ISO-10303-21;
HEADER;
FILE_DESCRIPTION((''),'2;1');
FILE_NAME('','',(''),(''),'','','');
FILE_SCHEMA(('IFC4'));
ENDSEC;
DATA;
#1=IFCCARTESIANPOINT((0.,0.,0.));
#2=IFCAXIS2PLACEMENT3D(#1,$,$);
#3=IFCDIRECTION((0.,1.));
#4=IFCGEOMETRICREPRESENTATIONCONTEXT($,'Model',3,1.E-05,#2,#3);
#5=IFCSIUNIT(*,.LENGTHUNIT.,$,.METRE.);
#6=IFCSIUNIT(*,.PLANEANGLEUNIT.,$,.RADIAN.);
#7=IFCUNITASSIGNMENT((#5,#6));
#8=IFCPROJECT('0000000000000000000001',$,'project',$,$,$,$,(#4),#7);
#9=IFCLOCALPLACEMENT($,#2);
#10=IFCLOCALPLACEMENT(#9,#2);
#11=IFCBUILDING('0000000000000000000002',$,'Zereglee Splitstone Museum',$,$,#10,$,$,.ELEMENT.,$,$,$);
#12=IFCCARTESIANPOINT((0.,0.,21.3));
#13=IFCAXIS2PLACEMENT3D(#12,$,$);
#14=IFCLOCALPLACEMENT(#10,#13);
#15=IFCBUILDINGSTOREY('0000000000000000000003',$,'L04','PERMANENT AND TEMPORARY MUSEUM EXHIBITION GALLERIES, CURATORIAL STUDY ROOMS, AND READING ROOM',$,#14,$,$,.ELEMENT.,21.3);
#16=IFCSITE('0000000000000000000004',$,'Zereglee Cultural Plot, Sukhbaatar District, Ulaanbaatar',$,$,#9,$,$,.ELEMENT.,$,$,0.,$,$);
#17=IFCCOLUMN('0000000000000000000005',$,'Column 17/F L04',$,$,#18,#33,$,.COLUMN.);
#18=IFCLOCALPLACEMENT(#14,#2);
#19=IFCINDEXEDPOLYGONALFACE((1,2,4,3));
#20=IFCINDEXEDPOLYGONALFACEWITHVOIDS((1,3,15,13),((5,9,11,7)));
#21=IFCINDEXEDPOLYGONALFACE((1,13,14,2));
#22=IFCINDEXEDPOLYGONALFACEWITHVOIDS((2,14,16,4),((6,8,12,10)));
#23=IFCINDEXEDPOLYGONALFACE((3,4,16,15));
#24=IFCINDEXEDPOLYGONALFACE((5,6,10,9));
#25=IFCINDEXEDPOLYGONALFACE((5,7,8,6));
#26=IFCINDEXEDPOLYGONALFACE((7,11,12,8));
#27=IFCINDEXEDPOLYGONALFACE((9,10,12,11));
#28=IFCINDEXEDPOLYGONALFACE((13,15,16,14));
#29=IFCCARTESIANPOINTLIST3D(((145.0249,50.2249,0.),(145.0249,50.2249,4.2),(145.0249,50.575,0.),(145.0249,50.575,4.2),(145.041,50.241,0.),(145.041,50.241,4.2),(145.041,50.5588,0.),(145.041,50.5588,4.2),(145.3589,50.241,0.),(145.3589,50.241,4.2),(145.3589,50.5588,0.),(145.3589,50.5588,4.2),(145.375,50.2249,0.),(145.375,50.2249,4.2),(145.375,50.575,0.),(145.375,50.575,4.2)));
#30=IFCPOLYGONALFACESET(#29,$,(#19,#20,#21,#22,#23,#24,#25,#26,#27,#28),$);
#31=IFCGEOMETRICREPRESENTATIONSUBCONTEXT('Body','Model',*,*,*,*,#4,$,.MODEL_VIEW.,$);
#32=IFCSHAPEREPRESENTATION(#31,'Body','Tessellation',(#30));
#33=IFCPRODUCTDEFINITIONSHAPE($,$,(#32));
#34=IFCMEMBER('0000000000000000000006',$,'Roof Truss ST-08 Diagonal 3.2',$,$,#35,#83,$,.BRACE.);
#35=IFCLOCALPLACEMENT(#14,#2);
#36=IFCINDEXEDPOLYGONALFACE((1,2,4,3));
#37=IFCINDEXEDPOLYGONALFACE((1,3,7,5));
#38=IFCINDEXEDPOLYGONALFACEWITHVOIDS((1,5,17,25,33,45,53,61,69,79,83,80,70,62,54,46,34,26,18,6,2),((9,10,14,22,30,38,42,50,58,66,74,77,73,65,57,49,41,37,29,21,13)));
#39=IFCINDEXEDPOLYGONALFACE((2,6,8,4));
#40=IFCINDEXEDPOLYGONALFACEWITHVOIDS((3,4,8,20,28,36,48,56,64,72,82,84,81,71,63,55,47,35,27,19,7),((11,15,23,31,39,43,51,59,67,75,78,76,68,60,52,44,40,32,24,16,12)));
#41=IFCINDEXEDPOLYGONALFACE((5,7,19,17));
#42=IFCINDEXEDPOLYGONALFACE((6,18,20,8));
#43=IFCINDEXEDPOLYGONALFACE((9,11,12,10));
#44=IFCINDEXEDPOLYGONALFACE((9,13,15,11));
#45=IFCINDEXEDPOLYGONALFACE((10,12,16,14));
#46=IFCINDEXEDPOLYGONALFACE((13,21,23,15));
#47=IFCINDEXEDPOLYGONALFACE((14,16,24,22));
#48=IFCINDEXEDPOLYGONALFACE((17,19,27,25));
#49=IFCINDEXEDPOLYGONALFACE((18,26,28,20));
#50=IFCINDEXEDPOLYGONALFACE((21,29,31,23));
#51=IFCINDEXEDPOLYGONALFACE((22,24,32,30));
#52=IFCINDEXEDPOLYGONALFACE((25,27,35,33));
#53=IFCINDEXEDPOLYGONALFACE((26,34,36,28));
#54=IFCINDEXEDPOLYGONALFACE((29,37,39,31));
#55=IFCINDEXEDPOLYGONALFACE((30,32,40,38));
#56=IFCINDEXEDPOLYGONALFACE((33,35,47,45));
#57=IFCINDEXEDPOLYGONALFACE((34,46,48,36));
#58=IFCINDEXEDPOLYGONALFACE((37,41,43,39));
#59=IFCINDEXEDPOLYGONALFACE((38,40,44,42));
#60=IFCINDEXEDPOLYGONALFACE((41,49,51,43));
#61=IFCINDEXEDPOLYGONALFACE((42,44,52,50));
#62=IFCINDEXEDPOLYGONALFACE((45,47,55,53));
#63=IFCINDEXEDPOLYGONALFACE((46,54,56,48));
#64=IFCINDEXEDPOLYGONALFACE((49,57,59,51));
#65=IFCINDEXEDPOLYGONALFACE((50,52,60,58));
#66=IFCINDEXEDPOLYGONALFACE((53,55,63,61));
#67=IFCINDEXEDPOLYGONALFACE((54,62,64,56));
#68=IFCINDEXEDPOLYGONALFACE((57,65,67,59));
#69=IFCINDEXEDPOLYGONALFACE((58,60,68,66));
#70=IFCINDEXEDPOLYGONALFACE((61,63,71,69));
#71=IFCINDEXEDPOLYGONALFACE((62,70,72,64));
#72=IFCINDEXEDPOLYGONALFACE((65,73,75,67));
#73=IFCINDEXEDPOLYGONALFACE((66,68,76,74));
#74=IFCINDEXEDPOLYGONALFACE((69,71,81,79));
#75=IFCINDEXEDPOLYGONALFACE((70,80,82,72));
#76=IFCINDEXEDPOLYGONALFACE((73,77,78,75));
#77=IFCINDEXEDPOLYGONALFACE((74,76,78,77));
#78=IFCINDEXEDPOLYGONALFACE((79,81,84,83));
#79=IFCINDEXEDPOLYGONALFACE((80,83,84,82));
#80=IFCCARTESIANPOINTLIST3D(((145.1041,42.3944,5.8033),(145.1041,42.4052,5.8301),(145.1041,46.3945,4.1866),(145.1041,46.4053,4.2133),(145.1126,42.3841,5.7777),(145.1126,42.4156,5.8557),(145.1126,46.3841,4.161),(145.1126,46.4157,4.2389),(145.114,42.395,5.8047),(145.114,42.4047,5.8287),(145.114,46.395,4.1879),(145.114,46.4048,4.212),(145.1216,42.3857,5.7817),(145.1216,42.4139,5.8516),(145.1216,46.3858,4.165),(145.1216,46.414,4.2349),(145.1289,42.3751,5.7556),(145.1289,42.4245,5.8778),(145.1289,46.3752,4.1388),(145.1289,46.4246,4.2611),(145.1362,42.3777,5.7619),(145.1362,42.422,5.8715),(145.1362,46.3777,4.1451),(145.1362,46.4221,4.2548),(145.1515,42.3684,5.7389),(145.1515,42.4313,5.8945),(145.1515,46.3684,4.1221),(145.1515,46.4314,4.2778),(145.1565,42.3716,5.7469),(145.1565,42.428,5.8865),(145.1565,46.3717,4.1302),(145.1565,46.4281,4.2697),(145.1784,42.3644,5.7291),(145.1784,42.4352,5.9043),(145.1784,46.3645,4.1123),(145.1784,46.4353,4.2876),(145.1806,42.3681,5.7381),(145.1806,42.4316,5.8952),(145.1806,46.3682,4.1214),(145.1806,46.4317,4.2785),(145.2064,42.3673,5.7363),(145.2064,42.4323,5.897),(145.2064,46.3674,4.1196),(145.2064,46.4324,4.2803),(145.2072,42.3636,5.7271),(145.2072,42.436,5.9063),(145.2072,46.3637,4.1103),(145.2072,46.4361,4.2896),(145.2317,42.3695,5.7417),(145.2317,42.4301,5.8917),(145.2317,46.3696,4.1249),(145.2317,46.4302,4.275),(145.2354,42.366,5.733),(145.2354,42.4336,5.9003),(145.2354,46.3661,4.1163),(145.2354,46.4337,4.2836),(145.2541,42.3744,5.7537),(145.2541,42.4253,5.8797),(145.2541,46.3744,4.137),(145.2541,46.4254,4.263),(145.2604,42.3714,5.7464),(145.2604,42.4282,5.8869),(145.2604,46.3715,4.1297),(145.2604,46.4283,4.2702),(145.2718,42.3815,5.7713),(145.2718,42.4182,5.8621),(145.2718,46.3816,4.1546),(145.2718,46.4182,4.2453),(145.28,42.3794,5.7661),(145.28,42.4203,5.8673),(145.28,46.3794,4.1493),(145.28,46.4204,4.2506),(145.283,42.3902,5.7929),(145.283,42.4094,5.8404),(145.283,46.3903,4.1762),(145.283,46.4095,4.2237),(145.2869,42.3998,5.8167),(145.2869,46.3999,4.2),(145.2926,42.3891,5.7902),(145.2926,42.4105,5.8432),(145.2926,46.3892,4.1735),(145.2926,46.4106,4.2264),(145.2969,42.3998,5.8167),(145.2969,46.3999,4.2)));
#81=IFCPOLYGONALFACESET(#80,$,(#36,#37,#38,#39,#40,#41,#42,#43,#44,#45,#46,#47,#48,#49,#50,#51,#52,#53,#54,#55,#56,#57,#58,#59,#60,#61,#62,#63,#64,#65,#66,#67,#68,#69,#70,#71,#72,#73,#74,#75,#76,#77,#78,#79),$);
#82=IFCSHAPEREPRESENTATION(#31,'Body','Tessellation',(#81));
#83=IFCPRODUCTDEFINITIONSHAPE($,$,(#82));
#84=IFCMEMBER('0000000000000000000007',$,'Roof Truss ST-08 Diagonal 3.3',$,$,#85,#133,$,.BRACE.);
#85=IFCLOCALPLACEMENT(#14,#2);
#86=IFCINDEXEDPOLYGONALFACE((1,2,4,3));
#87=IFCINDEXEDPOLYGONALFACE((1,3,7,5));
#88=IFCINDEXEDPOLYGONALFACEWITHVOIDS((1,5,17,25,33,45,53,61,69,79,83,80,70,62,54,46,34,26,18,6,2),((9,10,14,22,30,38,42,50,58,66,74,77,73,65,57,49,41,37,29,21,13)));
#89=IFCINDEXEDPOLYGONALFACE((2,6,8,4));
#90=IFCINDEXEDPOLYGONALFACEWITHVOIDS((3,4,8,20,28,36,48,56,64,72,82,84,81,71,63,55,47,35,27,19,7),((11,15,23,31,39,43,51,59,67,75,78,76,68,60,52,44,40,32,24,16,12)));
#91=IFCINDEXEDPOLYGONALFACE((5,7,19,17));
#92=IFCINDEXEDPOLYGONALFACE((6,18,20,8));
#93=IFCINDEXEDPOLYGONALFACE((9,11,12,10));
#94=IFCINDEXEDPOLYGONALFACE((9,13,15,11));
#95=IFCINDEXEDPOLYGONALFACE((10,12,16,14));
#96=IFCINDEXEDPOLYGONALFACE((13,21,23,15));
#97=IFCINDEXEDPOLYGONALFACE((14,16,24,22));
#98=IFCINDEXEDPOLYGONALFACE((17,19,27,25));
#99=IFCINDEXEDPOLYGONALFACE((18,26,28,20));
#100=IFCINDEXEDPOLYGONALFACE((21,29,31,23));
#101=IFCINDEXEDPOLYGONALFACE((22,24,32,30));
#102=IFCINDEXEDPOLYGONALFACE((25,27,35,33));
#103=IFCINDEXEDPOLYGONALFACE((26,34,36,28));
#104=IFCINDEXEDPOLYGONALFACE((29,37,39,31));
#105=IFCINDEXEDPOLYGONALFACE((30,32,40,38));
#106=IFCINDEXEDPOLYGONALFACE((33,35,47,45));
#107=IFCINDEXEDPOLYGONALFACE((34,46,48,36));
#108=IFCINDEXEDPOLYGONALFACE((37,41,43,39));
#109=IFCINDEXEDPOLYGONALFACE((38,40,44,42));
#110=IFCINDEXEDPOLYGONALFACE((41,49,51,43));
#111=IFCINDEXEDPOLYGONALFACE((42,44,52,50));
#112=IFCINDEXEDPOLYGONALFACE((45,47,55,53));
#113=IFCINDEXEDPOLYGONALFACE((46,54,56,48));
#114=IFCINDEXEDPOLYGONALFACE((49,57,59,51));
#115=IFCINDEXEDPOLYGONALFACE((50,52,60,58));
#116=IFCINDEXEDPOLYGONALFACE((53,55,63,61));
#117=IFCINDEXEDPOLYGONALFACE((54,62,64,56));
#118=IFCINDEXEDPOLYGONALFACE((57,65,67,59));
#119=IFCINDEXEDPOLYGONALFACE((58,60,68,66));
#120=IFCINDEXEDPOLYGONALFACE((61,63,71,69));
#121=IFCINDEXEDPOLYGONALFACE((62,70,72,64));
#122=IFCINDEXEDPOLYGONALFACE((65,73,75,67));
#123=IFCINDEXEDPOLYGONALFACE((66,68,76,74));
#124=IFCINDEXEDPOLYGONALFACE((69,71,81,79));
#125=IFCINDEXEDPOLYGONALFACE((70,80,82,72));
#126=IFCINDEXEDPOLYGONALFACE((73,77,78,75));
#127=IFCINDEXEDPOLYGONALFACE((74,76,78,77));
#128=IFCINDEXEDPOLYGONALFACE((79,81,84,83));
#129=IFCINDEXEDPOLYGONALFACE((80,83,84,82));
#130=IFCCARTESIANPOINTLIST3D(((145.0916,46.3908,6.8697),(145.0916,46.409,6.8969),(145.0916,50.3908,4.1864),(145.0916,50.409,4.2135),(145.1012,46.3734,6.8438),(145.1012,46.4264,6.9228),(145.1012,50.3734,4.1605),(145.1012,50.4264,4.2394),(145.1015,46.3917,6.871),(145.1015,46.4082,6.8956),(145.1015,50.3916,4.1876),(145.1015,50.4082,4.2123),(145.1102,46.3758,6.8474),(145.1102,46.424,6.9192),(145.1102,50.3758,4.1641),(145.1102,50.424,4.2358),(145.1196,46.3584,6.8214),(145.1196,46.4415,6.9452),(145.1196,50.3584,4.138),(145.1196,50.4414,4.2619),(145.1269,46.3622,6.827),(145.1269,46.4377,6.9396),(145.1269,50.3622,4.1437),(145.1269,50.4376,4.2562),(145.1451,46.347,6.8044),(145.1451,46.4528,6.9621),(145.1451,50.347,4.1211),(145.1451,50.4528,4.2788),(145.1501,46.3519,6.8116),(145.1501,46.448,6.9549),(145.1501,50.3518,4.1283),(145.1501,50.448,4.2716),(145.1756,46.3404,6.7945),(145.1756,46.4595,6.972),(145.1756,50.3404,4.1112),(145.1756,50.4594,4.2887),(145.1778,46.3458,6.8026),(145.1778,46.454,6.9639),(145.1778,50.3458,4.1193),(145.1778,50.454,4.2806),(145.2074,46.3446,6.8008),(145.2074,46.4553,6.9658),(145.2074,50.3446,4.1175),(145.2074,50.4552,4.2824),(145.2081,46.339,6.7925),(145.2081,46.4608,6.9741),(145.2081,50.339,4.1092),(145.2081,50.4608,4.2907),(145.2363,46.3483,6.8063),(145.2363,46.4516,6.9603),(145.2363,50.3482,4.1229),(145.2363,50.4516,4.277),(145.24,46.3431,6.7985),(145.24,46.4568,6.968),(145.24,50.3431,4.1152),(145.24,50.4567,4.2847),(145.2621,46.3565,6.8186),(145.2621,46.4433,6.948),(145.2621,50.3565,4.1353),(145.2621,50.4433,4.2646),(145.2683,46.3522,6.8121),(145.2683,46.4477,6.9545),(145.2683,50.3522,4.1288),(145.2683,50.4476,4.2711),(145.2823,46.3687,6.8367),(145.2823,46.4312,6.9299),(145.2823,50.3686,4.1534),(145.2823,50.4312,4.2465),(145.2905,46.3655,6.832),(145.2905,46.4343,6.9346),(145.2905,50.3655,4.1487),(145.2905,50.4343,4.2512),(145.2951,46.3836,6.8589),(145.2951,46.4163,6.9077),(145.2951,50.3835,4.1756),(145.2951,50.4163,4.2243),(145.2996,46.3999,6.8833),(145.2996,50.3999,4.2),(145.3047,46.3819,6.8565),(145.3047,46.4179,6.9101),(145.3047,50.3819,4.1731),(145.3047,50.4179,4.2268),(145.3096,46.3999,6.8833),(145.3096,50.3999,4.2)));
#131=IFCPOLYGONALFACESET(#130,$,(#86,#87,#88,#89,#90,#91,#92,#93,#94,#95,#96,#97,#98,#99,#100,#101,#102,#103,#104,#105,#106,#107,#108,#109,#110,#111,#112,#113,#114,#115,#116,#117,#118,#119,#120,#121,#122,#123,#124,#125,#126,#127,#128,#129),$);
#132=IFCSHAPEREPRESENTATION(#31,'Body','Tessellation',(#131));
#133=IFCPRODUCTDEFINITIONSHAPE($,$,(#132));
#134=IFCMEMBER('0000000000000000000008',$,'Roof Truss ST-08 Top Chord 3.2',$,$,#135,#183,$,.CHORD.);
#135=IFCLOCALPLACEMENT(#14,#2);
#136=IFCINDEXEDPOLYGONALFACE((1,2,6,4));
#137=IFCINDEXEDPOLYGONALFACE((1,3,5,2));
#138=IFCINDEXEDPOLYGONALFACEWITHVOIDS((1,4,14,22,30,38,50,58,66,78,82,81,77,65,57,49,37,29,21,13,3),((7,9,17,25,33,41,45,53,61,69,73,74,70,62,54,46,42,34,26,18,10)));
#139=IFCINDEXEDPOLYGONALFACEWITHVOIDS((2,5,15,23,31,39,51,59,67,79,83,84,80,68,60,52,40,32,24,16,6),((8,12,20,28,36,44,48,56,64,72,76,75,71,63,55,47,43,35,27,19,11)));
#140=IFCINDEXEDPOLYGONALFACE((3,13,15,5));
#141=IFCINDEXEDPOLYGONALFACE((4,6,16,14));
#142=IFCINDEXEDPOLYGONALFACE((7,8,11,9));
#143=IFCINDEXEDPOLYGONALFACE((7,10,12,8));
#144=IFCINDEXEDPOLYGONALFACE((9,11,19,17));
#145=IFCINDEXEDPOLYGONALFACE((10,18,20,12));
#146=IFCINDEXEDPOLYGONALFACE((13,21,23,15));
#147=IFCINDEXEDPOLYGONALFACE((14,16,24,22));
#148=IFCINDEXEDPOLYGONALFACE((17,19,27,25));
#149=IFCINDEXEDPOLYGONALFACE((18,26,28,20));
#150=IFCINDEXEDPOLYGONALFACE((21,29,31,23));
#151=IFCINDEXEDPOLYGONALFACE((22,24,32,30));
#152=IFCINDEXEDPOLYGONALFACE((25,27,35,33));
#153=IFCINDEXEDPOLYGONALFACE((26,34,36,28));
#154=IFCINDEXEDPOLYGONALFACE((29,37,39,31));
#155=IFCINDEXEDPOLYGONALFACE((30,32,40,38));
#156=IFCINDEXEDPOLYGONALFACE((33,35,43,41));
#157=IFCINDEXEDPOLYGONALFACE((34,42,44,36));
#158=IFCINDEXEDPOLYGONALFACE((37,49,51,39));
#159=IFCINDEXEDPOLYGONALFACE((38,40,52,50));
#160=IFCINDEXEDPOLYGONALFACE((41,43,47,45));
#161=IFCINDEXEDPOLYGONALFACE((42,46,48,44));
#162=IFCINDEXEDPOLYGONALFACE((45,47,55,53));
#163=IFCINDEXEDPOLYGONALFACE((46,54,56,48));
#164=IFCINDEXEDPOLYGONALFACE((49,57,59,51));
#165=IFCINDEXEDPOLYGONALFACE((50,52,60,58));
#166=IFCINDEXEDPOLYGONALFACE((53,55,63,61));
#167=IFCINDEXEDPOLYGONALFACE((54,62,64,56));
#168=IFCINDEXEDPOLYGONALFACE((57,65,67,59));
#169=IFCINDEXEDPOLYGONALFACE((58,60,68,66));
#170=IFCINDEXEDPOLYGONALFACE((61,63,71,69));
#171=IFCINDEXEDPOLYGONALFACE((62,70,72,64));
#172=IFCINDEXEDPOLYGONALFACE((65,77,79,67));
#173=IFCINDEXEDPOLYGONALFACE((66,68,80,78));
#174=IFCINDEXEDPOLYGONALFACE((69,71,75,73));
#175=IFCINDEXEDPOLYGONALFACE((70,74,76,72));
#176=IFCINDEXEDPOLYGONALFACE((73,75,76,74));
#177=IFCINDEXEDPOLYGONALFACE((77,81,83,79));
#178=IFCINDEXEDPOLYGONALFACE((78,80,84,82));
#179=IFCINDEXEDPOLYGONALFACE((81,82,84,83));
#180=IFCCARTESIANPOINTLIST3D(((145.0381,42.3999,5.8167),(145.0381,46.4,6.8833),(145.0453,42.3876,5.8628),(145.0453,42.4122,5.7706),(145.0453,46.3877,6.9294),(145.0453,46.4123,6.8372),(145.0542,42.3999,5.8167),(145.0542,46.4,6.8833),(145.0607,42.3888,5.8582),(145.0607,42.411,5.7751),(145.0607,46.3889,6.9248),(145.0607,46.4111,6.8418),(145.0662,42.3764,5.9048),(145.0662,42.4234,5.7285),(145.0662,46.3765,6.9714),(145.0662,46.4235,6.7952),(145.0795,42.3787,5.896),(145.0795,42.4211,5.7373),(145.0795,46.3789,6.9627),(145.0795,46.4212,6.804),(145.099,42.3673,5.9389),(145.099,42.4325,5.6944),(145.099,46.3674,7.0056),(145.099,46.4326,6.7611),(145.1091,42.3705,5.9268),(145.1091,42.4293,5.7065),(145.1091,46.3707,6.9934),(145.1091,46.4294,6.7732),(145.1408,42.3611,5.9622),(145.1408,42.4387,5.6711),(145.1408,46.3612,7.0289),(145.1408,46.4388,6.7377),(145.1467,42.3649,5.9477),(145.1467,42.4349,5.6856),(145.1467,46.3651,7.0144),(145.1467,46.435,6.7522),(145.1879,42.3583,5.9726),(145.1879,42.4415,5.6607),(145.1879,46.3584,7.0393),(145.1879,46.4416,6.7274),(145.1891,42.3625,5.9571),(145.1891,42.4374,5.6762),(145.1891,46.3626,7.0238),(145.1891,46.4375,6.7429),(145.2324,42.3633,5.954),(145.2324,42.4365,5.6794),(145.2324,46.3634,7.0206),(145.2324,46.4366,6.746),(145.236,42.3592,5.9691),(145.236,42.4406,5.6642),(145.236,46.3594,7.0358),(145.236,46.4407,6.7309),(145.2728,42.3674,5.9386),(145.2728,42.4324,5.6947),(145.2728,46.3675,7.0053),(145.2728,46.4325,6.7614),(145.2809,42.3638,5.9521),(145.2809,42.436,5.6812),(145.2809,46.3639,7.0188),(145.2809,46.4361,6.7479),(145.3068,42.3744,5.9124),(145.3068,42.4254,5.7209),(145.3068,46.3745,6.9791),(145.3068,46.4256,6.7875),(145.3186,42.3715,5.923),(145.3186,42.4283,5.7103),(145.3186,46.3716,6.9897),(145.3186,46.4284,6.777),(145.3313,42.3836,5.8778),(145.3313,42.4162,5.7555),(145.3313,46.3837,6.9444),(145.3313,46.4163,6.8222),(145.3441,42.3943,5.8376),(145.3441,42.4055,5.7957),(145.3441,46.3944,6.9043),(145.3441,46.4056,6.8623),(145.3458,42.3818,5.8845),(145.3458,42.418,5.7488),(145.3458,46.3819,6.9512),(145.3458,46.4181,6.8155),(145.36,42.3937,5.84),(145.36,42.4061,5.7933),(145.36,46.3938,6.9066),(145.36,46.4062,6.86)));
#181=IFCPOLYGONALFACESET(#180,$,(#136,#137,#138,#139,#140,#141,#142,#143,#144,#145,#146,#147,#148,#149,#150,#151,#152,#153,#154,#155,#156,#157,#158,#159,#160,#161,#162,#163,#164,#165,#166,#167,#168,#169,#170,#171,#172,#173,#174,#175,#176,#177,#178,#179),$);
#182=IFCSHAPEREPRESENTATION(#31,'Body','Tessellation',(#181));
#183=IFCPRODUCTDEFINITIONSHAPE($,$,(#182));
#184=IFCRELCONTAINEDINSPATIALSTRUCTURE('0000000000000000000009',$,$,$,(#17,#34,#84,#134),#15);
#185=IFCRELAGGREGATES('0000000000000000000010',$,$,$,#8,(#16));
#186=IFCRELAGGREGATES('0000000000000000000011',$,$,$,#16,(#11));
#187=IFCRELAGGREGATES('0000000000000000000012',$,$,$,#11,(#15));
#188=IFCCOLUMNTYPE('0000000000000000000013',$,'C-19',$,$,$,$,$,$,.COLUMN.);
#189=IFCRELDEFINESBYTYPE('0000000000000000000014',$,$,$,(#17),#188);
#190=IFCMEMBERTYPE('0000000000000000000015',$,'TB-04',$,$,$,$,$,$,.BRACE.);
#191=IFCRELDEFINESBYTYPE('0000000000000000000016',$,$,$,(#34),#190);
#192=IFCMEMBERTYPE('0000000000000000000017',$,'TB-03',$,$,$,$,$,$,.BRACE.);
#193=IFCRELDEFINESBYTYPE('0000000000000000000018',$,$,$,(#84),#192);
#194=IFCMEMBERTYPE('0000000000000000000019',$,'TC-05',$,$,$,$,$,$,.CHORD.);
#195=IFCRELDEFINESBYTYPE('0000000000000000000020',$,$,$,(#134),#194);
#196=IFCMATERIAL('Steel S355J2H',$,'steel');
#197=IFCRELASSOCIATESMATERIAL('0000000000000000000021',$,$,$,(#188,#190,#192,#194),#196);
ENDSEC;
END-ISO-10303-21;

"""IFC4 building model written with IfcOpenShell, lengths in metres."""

from ifc_helpers import new_model, si_unit, direction, frame, origin, origin_2d, place, context, subcontext, project, spatial, hollow_rectangle, hollow_circle, extrude, material, material_profile, profile_set, type_object, element, save


model = new_model("IFC4")

# Units and contexts
model_context = context("Model", 3, precision=1e-05, world=origin(), true_north=direction((0.0, 1.0)))
body_context = subcontext(model_context, "Body", "Model", "MODEL_VIEW")
ifc_project = project(units=[si_unit("LENGTHUNIT", "METRE"), si_unit("PLANEANGLEUNIT", "RADIAN")], contexts=[model_context])

# Site, building, storey
site_placement = place(None, origin())
site = spatial("IfcSite", under=ifc_project, at=site_placement, Name="Zereglee Cultural Plot, Sukhbaatar District, Ulaanbaatar", CompositionType="ELEMENT", RefElevation=0.0)
building_placement = place(site_placement, origin())
building = spatial("IfcBuilding", under=site, at=building_placement, Name="Zereglee Splitstone Museum", CompositionType="ELEMENT")
storey_placement = place(building_placement, frame((0.0, 0.0, 21.3)))
storey = spatial("IfcBuildingStorey", under=building, at=storey_placement, Name="L04", Description="PERMANENT AND TEMPORARY MUSEUM EXHIBITION GALLERIES, CURATORIAL STUDY ROOMS, AND READING ROOM", CompositionType="ELEMENT", Elevation=21.3)

# Column
ifc_material_1 = material(Name="Steel S355J2H", Category="steel")
ifc_material_profile_1 = material_profile(ifc_material_1, hollow_rectangle(XDim=0.3501, YDim=0.3501, WallThickness=0.0161, at=origin_2d()), Name="SHS 350x350x16")
ifc_profile_set_1 = profile_set([ifc_material_profile_1], Name="Steel S355J2H")
column_type = type_object("IfcColumnType", Name="C-19", PredefinedType="COLUMN", material=ifc_profile_set_1)
column_placement = place(storey_placement, frame((145.2, 50.3999, 0.0), z_axis=(0.0, 0.0, 1.0), x_axis=(1.0, 0.0, 0.0)))
element("IfcColumn", 1, at=column_placement, inside=storey, type_object=column_type, Name="Column 17/F L04", PredefinedType="COLUMN", context=body_context, shape_type="SweptSolid", body=[
    extrude(hollow_rectangle(XDim=0.3501, YDim=0.3501, WallThickness=0.0161, at=origin_2d()), origin(), (0.0, 0.0, 1.0), 4.2),
])

# Members
ifc_material_profile_2 = material_profile(ifc_material_1, hollow_circle(Radius=0.0969, WallThickness=0.01, at=origin_2d()), Name="CHS 193.7x10")
ifc_profile_set_2 = profile_set([ifc_material_profile_2], Name="Steel S355J2H")
member_type_1 = type_object("IfcMemberType", Name="TB-04", PredefinedType="BRACE", material=ifc_profile_set_2)
member_1_placement = place(storey_placement, frame((145.2, 46.3999, 4.2), z_axis=(0.0, -0.927136, 0.374725), x_axis=(1.0, 0.0, 0.0)))
element("IfcMember", 2, at=member_1_placement, inside=storey, type_object=member_type_1, Name="Roof Truss ST-08 Diagonal 3.2", PredefinedType="BRACE", context=body_context, shape_type="SweptSolid", body=[
    extrude(hollow_circle(Radius=0.0969, WallThickness=0.01, at=origin_2d()), origin(), (0.0, 0.0, 1.0), 4.3145),
])
ifc_material_profile_3 = material_profile(ifc_material_1, hollow_circle(Radius=0.1096, WallThickness=0.01, at=origin_2d()), Name="CHS 219.1x10")
ifc_profile_set_3 = profile_set([ifc_material_profile_3], Name="Steel S355J2H")
member_type_2 = type_object("IfcMemberType", Name="TB-03", PredefinedType="BRACE", material=ifc_profile_set_3)
member_2_placement = place(storey_placement, frame((145.2, 50.3999, 4.2), z_axis=(0.0, -0.830448, 0.557096), x_axis=(1.0, 0.0, 0.0)))
element("IfcMember", 3, at=member_2_placement, inside=storey, type_object=member_type_2, Name="Roof Truss ST-08 Diagonal 3.3", PredefinedType="BRACE", context=body_context, shape_type="SweptSolid", body=[
    extrude(hollow_circle(Radius=0.1096, WallThickness=0.01, at=origin_2d()), origin(), (0.0, 0.0, 1.0), 4.8167),
])
ifc_material_profile_4 = material_profile(ifc_material_1, hollow_circle(Radius=0.1619, WallThickness=0.0161, at=origin_2d()), Name="CHS 323.9x16")
ifc_profile_set_4 = profile_set([ifc_material_profile_4], Name="Steel S355J2H")
member_type_3 = type_object("IfcMemberType", Name="TC-05", PredefinedType="CHORD", material=ifc_profile_set_4)
for number, where, z_axis, x_axis, name in (
    (4, (145.2, 42.3999, 5.8167), (0.0, 0.966236, 0.257659), (-1.0, 0.0, 0.0), "Roof Truss ST-08 Top Chord 3.2"),
):
    element("IfcMember", number, at=place(storey_placement, frame(where, z_axis=z_axis, x_axis=x_axis)), inside=storey, type_object=member_type_3, Name=name, PredefinedType="CHORD", context=body_context, shape_type="SweptSolid", body=[
        extrude(hollow_circle(Radius=0.1619, WallThickness=0.0161, at=origin_2d()), origin(), (0.0, 0.0, 1.0), 4.1399),
    ])

save(model, "model.ifc")
